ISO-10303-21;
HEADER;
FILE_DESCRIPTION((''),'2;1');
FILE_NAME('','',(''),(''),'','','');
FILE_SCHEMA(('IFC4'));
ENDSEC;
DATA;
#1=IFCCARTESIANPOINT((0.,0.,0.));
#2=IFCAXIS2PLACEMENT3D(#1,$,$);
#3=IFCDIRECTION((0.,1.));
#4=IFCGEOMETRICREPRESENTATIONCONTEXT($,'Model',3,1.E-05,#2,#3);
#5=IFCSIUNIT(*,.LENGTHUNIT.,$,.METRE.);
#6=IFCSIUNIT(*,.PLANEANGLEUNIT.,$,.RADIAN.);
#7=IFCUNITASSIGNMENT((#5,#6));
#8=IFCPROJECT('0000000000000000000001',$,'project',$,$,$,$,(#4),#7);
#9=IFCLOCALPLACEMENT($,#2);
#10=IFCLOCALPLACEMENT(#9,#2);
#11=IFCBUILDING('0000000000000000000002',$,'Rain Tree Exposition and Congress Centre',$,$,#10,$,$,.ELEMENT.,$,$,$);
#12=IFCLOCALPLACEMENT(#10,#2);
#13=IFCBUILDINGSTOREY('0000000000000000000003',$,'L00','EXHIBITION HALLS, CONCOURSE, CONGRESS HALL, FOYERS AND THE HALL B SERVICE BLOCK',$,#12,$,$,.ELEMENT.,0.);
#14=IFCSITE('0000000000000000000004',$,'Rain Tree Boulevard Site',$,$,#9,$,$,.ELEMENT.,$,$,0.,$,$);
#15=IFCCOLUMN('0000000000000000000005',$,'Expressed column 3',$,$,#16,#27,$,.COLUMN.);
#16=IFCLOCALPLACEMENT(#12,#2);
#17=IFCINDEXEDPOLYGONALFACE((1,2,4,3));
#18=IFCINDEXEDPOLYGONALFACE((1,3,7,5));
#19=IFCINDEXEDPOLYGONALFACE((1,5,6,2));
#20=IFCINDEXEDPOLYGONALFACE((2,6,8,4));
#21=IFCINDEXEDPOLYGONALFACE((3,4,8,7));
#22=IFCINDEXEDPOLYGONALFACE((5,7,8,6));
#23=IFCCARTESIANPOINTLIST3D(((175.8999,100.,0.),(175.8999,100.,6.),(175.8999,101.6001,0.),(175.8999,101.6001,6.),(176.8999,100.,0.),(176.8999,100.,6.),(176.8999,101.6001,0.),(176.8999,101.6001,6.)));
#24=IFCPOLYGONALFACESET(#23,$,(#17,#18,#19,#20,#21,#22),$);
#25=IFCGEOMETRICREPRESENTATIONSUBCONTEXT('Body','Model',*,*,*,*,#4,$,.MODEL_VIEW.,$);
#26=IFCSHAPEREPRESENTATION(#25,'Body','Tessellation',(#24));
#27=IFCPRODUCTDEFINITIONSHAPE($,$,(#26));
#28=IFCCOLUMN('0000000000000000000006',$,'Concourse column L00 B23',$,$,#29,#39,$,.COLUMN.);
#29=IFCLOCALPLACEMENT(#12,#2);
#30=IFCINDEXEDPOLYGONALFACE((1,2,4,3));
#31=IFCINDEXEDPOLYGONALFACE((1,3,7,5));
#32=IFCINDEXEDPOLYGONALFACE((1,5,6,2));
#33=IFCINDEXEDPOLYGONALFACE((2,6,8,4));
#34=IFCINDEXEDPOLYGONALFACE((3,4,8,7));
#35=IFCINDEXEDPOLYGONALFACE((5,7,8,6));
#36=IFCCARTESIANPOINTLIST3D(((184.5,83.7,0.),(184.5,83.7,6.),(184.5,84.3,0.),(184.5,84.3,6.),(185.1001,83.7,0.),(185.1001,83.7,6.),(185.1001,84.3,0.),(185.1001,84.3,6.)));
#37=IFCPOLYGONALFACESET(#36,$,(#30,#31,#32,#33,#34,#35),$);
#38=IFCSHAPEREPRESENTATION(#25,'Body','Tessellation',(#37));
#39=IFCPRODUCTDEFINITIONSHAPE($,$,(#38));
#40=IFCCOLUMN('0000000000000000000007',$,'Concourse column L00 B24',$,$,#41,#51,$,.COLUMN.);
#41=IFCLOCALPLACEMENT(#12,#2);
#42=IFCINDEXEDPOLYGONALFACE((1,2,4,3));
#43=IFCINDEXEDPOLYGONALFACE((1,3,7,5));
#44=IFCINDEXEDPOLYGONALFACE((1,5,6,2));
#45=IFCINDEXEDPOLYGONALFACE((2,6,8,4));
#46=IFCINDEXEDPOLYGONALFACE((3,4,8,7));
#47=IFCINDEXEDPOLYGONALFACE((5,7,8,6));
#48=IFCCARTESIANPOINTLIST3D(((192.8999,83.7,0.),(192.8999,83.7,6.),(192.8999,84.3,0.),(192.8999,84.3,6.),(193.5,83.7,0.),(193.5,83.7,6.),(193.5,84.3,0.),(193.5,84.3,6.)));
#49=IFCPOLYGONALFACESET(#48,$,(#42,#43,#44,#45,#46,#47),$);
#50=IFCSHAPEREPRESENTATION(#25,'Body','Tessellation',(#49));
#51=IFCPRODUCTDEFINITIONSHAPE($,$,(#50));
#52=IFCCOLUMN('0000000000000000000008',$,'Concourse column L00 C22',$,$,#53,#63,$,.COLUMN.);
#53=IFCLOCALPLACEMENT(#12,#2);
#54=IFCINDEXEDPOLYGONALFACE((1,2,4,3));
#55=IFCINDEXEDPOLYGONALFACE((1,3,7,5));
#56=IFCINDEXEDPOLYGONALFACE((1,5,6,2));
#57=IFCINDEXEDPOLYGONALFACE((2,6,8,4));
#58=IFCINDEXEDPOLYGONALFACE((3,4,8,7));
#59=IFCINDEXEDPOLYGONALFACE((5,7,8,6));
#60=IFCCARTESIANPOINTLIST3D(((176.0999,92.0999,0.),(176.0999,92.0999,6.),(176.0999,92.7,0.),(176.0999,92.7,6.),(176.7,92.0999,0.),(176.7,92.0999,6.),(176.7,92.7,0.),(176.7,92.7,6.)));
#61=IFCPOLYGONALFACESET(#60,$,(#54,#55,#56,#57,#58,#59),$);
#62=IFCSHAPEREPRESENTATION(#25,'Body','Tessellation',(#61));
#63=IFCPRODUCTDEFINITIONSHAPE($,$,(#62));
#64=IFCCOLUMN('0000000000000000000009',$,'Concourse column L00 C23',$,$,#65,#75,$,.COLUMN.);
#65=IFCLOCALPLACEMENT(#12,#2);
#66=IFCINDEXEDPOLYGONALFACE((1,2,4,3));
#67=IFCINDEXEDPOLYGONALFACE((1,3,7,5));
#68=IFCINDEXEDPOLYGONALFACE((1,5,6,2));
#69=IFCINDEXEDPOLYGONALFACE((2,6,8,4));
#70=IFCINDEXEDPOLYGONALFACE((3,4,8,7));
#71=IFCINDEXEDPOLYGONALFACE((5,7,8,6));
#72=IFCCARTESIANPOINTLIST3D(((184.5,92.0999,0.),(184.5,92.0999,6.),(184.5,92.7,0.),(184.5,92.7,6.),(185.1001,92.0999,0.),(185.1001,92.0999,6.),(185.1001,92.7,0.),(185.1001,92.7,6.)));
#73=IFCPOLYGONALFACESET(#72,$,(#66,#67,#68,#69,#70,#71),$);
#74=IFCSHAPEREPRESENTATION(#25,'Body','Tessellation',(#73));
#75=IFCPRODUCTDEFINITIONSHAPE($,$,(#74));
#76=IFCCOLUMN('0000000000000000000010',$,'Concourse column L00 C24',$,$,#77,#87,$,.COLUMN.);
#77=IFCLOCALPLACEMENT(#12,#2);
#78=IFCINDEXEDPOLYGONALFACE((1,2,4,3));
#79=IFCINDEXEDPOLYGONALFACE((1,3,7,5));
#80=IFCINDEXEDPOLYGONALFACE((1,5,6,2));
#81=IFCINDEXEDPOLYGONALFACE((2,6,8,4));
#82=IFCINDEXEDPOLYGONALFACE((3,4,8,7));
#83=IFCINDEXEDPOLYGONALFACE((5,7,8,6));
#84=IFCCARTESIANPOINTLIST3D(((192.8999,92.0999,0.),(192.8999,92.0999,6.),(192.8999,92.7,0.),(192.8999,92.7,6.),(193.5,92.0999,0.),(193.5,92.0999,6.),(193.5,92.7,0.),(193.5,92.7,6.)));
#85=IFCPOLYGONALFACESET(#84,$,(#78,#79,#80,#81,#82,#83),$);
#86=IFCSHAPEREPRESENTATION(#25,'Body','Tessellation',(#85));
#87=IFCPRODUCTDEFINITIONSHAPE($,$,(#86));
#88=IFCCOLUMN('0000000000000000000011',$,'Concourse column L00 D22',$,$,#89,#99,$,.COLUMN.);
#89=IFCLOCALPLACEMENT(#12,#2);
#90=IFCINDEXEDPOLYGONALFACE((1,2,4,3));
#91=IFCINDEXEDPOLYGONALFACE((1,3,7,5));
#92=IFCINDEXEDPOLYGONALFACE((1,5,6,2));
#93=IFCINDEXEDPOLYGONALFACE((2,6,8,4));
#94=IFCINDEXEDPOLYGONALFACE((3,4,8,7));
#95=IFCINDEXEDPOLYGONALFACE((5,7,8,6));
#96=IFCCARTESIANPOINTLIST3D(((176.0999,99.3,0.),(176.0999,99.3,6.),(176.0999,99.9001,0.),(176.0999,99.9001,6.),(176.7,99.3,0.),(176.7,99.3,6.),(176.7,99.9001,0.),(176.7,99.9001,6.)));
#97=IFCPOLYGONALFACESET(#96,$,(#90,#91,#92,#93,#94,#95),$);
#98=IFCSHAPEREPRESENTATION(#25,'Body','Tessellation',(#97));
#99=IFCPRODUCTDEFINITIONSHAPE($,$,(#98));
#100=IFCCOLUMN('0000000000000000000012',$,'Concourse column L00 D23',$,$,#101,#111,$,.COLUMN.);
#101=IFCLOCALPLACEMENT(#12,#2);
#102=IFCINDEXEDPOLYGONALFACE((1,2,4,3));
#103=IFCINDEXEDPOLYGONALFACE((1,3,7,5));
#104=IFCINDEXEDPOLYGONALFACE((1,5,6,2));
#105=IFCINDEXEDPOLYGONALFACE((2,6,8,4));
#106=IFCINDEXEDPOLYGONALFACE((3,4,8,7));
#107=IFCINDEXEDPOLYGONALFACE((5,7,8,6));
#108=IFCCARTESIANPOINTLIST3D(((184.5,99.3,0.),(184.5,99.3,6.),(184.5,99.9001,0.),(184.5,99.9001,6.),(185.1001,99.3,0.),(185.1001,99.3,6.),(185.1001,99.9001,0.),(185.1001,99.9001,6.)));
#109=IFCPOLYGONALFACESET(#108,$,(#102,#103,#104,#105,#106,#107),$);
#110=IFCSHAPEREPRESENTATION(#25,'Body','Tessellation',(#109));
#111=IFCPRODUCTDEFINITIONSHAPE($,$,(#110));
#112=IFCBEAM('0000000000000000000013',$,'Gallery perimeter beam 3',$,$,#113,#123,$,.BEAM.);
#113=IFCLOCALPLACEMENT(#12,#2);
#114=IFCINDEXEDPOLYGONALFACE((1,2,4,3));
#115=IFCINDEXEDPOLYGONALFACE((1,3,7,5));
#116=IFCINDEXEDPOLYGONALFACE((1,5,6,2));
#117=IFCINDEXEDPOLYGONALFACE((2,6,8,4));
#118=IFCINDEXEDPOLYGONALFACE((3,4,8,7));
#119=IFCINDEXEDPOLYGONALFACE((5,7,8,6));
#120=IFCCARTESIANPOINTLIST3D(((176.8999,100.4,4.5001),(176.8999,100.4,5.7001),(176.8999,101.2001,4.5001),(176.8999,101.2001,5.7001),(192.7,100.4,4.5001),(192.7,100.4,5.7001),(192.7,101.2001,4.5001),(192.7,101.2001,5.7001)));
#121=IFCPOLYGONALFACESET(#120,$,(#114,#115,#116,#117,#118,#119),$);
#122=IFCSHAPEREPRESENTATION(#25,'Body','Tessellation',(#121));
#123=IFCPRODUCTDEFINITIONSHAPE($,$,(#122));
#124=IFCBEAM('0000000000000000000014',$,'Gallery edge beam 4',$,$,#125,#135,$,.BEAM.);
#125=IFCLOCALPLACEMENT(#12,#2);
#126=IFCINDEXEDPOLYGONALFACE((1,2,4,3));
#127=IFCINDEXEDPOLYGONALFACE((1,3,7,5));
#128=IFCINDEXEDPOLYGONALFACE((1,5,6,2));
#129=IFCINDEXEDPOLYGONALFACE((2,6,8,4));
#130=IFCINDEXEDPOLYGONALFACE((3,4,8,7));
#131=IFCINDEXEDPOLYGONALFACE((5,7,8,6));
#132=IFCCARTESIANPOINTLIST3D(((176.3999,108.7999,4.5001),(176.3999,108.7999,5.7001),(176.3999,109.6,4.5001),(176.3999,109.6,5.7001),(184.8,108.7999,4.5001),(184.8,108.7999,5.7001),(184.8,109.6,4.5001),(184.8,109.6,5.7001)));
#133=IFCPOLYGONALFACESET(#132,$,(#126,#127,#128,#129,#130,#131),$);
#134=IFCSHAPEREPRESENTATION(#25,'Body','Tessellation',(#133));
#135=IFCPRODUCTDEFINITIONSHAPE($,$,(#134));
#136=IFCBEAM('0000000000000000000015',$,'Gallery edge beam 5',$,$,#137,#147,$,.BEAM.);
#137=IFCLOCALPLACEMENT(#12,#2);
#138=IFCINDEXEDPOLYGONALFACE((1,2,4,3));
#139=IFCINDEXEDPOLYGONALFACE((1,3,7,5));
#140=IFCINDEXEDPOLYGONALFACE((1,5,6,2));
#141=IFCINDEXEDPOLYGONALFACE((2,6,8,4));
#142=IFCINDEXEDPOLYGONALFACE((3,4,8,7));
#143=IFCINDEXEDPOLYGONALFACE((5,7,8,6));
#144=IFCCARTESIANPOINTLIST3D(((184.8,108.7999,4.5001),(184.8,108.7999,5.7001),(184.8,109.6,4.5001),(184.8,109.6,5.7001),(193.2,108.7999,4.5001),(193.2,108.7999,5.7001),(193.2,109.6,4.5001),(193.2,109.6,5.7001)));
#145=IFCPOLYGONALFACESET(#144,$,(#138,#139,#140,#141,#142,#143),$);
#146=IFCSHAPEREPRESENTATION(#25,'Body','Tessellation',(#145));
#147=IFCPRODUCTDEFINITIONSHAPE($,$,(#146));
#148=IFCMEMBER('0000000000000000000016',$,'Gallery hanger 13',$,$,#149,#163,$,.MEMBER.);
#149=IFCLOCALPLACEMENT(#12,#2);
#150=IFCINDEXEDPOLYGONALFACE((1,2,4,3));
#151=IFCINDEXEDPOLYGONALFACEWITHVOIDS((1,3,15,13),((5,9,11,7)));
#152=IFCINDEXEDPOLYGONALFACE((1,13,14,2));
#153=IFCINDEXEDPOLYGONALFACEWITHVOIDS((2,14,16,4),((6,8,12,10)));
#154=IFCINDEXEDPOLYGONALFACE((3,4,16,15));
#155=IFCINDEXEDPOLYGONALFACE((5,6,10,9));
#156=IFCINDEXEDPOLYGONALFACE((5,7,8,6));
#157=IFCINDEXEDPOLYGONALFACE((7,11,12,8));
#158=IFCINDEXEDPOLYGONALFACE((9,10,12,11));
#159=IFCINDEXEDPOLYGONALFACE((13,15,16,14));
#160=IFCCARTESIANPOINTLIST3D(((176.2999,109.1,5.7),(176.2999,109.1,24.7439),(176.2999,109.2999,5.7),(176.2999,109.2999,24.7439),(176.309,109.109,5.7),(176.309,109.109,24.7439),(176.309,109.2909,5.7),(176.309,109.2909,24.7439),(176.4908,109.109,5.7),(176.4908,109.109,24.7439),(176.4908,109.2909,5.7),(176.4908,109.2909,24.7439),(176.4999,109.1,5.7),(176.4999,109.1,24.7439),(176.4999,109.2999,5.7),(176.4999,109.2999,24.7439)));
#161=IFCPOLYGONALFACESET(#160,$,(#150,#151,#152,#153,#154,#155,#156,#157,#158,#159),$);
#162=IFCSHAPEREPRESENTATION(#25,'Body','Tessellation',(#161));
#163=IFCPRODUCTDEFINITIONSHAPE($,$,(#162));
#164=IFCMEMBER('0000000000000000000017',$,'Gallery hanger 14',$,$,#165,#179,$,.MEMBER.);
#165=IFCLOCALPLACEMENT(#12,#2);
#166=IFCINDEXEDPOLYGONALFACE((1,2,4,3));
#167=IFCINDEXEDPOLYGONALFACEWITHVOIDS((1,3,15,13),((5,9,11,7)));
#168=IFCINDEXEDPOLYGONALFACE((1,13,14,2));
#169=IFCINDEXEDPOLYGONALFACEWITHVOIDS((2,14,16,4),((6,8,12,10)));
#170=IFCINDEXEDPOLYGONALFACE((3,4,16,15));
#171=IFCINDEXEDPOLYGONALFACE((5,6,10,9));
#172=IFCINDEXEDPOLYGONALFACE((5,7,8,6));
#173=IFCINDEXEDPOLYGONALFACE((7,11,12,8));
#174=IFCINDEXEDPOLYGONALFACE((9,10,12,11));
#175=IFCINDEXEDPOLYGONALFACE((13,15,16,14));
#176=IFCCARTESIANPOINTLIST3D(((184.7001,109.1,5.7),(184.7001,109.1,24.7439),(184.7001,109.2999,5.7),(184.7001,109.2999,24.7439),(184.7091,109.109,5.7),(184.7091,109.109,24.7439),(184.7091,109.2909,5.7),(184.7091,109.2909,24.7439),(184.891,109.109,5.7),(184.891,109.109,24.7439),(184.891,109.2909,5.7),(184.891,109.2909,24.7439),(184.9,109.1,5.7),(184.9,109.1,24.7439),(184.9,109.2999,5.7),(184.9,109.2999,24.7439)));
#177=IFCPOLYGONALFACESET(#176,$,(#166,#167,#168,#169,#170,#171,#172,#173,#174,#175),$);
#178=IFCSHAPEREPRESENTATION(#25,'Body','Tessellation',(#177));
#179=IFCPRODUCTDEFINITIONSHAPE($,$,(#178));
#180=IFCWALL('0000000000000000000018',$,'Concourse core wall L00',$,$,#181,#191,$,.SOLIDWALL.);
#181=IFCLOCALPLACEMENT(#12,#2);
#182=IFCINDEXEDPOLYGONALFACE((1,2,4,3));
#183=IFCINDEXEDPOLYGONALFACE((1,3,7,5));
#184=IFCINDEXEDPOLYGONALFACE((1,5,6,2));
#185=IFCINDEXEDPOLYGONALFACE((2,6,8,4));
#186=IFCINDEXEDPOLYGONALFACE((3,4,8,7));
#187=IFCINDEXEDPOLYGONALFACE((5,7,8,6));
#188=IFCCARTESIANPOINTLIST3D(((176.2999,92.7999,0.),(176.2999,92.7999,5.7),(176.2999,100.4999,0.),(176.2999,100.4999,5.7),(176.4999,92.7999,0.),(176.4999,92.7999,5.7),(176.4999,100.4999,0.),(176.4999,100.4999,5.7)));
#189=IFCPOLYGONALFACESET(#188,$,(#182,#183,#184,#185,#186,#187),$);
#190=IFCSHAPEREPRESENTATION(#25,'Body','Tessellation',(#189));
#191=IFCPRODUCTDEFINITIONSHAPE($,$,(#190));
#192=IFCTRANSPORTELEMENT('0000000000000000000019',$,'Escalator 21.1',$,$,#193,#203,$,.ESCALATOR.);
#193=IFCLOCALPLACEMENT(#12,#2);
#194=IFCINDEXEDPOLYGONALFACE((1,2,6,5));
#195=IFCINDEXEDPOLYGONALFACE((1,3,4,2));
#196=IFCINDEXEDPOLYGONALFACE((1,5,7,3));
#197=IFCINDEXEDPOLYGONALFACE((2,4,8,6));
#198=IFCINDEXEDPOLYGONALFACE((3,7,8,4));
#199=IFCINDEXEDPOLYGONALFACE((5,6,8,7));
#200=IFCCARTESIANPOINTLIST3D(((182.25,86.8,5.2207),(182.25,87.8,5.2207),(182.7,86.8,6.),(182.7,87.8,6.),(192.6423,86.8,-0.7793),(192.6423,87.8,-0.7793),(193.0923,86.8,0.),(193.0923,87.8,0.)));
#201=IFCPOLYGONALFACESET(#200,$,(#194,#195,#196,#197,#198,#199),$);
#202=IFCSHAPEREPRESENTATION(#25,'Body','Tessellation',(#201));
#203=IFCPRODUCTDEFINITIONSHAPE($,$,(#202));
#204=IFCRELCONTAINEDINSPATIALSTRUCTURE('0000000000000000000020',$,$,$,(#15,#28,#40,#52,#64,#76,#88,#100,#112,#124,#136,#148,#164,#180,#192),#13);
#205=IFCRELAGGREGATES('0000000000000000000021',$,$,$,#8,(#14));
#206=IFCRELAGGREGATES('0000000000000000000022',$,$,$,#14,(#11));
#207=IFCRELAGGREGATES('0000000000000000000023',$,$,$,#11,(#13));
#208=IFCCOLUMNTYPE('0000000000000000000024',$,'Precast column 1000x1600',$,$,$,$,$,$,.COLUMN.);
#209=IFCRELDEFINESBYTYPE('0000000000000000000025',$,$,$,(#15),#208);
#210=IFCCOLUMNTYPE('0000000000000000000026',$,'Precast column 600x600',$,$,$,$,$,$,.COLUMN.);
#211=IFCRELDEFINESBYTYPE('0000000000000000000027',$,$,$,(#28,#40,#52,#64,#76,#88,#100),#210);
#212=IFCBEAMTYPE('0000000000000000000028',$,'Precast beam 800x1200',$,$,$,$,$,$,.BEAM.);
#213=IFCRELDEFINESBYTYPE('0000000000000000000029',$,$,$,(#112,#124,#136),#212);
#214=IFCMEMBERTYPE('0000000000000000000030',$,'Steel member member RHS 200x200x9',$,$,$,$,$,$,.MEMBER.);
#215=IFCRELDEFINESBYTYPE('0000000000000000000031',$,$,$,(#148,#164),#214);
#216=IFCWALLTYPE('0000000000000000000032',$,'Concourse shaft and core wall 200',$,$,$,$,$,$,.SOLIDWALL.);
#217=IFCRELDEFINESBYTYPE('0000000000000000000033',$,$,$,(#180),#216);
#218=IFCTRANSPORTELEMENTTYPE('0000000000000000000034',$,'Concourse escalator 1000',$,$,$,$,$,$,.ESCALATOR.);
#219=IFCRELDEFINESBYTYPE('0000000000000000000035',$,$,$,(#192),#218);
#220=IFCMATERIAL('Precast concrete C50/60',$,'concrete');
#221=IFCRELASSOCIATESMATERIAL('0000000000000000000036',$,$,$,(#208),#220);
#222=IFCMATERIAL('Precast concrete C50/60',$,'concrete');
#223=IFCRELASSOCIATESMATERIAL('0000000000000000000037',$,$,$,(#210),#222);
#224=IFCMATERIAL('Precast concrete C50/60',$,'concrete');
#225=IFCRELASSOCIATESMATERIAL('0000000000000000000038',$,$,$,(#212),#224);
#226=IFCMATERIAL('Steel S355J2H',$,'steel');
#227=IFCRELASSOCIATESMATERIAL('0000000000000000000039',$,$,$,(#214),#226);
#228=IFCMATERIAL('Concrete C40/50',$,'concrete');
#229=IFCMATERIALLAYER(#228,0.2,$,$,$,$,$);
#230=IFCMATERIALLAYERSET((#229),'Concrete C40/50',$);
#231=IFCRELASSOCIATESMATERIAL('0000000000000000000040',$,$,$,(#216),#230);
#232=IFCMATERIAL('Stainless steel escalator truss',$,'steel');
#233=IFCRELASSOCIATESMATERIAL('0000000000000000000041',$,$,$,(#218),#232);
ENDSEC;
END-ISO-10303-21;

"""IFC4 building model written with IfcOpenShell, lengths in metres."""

from ifc_helpers import new_model, si_unit, direction, frame, frame_2d, origin, origin_2d, place, context, subcontext, project, spatial, polyline, rectangle, hollow_rectangle, outline, extrude, material, layer, layer_set, material_profile, profile_set, type_object, element, save


model = new_model("IFC4")

# Units and contexts
model_context = context("Model", 3, precision=1e-05, world=origin(), true_north=direction((0.0, 1.0)))
body_context = subcontext(model_context, "Body", "Model", "MODEL_VIEW")
ifc_project = project(units=[si_unit("LENGTHUNIT", "METRE"), si_unit("PLANEANGLEUNIT", "RADIAN")], contexts=[model_context])

# Site, building, storey
site_placement = place(None, origin())
site = spatial("IfcSite", under=ifc_project, at=site_placement, Name="Rain Tree Boulevard Site", CompositionType="ELEMENT", RefElevation=0.0)
building_placement = place(site_placement, origin())
building = spatial("IfcBuilding", under=site, at=building_placement, Name="Rain Tree Exposition and Congress Centre", CompositionType="ELEMENT")
storey_placement = place(building_placement, origin())
storey = spatial("IfcBuildingStorey", under=building, at=storey_placement, Name="L00", Description="EXHIBITION HALLS, CONCOURSE, CONGRESS HALL, FOYERS AND THE HALL B SERVICE BLOCK", CompositionType="ELEMENT", Elevation=0.0)

# Columns
ifc_material_1 = material(Name="Precast concrete C50/60", Category="concrete")
ifc_material_profile_1 = material_profile(ifc_material_1, rectangle(XDim=1.0, YDim=1.6001, at=origin_2d()), Name="RC 1000x1600")
ifc_profile_set_1 = profile_set([ifc_material_profile_1], Name="Precast concrete C50/60")
column_type_1 = type_object("IfcColumnType", Name="Precast column 1000x1600", PredefinedType="COLUMN", material=ifc_profile_set_1)
column_placement = place(storey_placement, frame((176.3999, 100.8, 0.0), z_axis=(0.0, 0.0, 1.0), x_axis=(1.0, 0.0, 0.0)))
element("IfcColumn", 1, at=column_placement, inside=storey, type_object=column_type_1, Name="Expressed column 3", PredefinedType="COLUMN", context=body_context, shape_type="SweptSolid", body=[
    extrude(rectangle(XDim=1.0, YDim=1.6001, at=origin_2d()), origin(), (0.0, 0.0, 1.0), 6.0),
])
ifc_material_2 = material(Name="Precast concrete C50/60", Category="concrete")
ifc_material_profile_2 = material_profile(ifc_material_2, rectangle(XDim=0.6001, YDim=0.6001, at=origin_2d()), Name="RC 600x600")
ifc_profile_set_2 = profile_set([ifc_material_profile_2], Name="Precast concrete C50/60")
column_type_2 = type_object("IfcColumnType", Name="Precast column 600x600", PredefinedType="COLUMN", material=ifc_profile_set_2)
for number, where, z_axis, x_axis, name in (
    (2, (184.8, 84.0, 0.0), (0.0, 0.0, 1.0), (1.0, 0.0, 0.0), "Concourse column L00 B23"),
    (3, (193.2, 84.0, 0.0), (0.0, 0.0, 1.0), (1.0, 0.0, 0.0), "Concourse column L00 B24"),
    (4, (176.3999, 92.3999, 0.0), (0.0, 0.0, 1.0), (1.0, 0.0, 0.0), "Concourse column L00 C22"),
    (5, (184.8, 92.3999, 0.0), (0.0, 0.0, 1.0), (1.0, 0.0, 0.0), "Concourse column L00 C23"),
    (6, (193.2, 92.3999, 0.0), (0.0, 0.0, 1.0), (1.0, 0.0, 0.0), "Concourse column L00 C24"),
    (7, (176.3999, 99.6001, 0.0), (0.0, 0.0, 1.0), (1.0, 0.0, 0.0), "Concourse column L00 D22"),
    (8, (184.8, 99.6001, 0.0), (0.0, 0.0, 1.0), (1.0, 0.0, 0.0), "Concourse column L00 D23"),
):
    element("IfcColumn", number, at=place(storey_placement, frame(where, z_axis=z_axis, x_axis=x_axis)), inside=storey, type_object=column_type_2, Name=name, PredefinedType="COLUMN", context=body_context, shape_type="SweptSolid", body=[
        extrude(rectangle(XDim=0.6001, YDim=0.6001, at=origin_2d()), origin(), (0.0, 0.0, 1.0), 6.0),
    ])

# Beams
ifc_material_3 = material(Name="Precast concrete C50/60", Category="concrete")
ifc_material_profile_3 = material_profile(ifc_material_3, rectangle(XDim=0.8, YDim=1.2, at=origin_2d()), Name="RC 800x1200")
ifc_profile_set_3 = profile_set([ifc_material_profile_3], Name="Precast concrete C50/60")
beam_type = type_object("IfcBeamType", Name="Precast beam 800x1200", PredefinedType="BEAM", material=ifc_profile_set_3)
beam_1_placement = place(storey_placement, frame((176.8999, 100.8, 5.1001), z_axis=(1.0, 0.0, 0.0), x_axis=(0.0, 1.0, 0.0)))
element("IfcBeam", 9, at=beam_1_placement, inside=storey, type_object=beam_type, Name="Gallery perimeter beam 3", PredefinedType="BEAM", context=body_context, shape_type="SweptSolid", body=[
    extrude(rectangle(XDim=0.8, YDim=1.2, at=origin_2d()), origin(), (0.0, 0.0, 1.0), 15.8),
])
beam_2_placement = place(storey_placement, frame((176.3999, 109.2, 5.1001), z_axis=(1.0, 0.0, 0.0), x_axis=(0.0, 1.0, 0.0)))
element("IfcBeam", 10, at=beam_2_placement, inside=storey, type_object=beam_type, Name="Gallery edge beam 4", PredefinedType="BEAM", context=body_context, shape_type="SweptSolid", body=[
    extrude(rectangle(XDim=0.8, YDim=1.2, at=origin_2d()), origin(), (0.0, 0.0, 1.0), 8.4001),
])
beam_3_placement = place(storey_placement, frame((184.8, 109.2, 5.1001), z_axis=(1.0, 0.0, 0.0), x_axis=(0.0, 1.0, 0.0)))
element("IfcBeam", 11, at=beam_3_placement, inside=storey, type_object=beam_type, Name="Gallery edge beam 5", PredefinedType="BEAM", context=body_context, shape_type="SweptSolid", body=[
    extrude(rectangle(XDim=0.8, YDim=1.2, at=origin_2d()), origin(), (0.0, 0.0, 1.0), 8.3999),
])

# Members
ifc_material_4 = material(Name="Steel S355J2H", Category="steel")
ifc_material_profile_4 = material_profile(ifc_material_4, hollow_rectangle(XDim=0.2, YDim=0.2, WallThickness=0.009, at=origin_2d()), Name="RHS 200x200x9")
ifc_profile_set_4 = profile_set([ifc_material_profile_4], Name="Steel S355J2H")
member_type = type_object("IfcMemberType", Name="Steel member member RHS 200x200x9", PredefinedType="MEMBER", material=ifc_profile_set_4)
for number, where, z_axis, x_axis, name in (
    (12, (176.3999, 109.2, 5.7), (0.0, 0.0, 1.0), (1.0, 0.0, 0.0), "Gallery hanger 13"),
    (13, (184.8, 109.2, 5.7), (0.0, 0.0, 1.0), (1.0, 0.0, 0.0), "Gallery hanger 14"),
):
    element("IfcMember", number, at=place(storey_placement, frame(where, z_axis=z_axis, x_axis=x_axis)), inside=storey, type_object=member_type, Name=name, PredefinedType="MEMBER", context=body_context, shape_type="SweptSolid", body=[
        extrude(hollow_rectangle(XDim=0.2, YDim=0.2, WallThickness=0.009, at=origin_2d()), origin(), (0.0, 0.0, 1.0), 19.0439),
    ])

# Wall
ifc_material_5 = material(Name="Concrete C40/50", Category="concrete")
ifc_layer_1 = layer(ifc_material_5, 0.2)
ifc_layer_set_1 = layer_set([ifc_layer_1], Name="Concrete C40/50")
wall_type_1 = type_object("IfcWallType", Name="Concourse shaft and core wall 200", PredefinedType="SOLIDWALL", material=ifc_layer_set_1)
wall_1_placement = place(storey_placement, frame((176.3999, 100.5, 0.0), z_axis=(0.0, 0.0, 1.0), x_axis=(0.0, -1.0, 0.0)))
element("IfcWall", 14, at=wall_1_placement, inside=storey, type_object=wall_type_1, Name="Concourse core wall L00", PredefinedType="SOLIDWALL", context=body_context, shape_type="SweptSolid", body=[
    extrude(rectangle(XDim=7.7, YDim=0.2, at=frame_2d((3.8501, 0.0))), origin(), (0.0, 0.0, 1.0), 5.7),
])

# Transport element
ifc_material_6 = material(Name="Stainless steel escalator truss", Category="steel")
transport_element_type = type_object("IfcTransportElementType", Name="Concourse escalator 1000", PredefinedType="ESCALATOR", material=ifc_material_6)
for number, where, z_axis, x_axis, name in (
    (15, (182.7, 86.8, 6.0), (0.499999, 0.0, 0.866026), (0.866026, 0.0, -0.499999), "Escalator 21.1"),
):
    element("IfcTransportElement", number, at=place(storey_placement, frame(where, z_axis=z_axis, x_axis=x_axis)), inside=storey, type_object=transport_element_type, Name=name, PredefinedType="ESCALATOR", context=body_context, shape_type="SweptSolid", body=[
        extrude(outline(polyline([(0.0, 0.0), (12.0, 0.0), (12.0, 1.0), (0.0, 1.0), (0.0, 0.0)])), origin(), (0.0, 0.0, -1.0), 0.8999),
    ])

save(model, "model.ifc")
